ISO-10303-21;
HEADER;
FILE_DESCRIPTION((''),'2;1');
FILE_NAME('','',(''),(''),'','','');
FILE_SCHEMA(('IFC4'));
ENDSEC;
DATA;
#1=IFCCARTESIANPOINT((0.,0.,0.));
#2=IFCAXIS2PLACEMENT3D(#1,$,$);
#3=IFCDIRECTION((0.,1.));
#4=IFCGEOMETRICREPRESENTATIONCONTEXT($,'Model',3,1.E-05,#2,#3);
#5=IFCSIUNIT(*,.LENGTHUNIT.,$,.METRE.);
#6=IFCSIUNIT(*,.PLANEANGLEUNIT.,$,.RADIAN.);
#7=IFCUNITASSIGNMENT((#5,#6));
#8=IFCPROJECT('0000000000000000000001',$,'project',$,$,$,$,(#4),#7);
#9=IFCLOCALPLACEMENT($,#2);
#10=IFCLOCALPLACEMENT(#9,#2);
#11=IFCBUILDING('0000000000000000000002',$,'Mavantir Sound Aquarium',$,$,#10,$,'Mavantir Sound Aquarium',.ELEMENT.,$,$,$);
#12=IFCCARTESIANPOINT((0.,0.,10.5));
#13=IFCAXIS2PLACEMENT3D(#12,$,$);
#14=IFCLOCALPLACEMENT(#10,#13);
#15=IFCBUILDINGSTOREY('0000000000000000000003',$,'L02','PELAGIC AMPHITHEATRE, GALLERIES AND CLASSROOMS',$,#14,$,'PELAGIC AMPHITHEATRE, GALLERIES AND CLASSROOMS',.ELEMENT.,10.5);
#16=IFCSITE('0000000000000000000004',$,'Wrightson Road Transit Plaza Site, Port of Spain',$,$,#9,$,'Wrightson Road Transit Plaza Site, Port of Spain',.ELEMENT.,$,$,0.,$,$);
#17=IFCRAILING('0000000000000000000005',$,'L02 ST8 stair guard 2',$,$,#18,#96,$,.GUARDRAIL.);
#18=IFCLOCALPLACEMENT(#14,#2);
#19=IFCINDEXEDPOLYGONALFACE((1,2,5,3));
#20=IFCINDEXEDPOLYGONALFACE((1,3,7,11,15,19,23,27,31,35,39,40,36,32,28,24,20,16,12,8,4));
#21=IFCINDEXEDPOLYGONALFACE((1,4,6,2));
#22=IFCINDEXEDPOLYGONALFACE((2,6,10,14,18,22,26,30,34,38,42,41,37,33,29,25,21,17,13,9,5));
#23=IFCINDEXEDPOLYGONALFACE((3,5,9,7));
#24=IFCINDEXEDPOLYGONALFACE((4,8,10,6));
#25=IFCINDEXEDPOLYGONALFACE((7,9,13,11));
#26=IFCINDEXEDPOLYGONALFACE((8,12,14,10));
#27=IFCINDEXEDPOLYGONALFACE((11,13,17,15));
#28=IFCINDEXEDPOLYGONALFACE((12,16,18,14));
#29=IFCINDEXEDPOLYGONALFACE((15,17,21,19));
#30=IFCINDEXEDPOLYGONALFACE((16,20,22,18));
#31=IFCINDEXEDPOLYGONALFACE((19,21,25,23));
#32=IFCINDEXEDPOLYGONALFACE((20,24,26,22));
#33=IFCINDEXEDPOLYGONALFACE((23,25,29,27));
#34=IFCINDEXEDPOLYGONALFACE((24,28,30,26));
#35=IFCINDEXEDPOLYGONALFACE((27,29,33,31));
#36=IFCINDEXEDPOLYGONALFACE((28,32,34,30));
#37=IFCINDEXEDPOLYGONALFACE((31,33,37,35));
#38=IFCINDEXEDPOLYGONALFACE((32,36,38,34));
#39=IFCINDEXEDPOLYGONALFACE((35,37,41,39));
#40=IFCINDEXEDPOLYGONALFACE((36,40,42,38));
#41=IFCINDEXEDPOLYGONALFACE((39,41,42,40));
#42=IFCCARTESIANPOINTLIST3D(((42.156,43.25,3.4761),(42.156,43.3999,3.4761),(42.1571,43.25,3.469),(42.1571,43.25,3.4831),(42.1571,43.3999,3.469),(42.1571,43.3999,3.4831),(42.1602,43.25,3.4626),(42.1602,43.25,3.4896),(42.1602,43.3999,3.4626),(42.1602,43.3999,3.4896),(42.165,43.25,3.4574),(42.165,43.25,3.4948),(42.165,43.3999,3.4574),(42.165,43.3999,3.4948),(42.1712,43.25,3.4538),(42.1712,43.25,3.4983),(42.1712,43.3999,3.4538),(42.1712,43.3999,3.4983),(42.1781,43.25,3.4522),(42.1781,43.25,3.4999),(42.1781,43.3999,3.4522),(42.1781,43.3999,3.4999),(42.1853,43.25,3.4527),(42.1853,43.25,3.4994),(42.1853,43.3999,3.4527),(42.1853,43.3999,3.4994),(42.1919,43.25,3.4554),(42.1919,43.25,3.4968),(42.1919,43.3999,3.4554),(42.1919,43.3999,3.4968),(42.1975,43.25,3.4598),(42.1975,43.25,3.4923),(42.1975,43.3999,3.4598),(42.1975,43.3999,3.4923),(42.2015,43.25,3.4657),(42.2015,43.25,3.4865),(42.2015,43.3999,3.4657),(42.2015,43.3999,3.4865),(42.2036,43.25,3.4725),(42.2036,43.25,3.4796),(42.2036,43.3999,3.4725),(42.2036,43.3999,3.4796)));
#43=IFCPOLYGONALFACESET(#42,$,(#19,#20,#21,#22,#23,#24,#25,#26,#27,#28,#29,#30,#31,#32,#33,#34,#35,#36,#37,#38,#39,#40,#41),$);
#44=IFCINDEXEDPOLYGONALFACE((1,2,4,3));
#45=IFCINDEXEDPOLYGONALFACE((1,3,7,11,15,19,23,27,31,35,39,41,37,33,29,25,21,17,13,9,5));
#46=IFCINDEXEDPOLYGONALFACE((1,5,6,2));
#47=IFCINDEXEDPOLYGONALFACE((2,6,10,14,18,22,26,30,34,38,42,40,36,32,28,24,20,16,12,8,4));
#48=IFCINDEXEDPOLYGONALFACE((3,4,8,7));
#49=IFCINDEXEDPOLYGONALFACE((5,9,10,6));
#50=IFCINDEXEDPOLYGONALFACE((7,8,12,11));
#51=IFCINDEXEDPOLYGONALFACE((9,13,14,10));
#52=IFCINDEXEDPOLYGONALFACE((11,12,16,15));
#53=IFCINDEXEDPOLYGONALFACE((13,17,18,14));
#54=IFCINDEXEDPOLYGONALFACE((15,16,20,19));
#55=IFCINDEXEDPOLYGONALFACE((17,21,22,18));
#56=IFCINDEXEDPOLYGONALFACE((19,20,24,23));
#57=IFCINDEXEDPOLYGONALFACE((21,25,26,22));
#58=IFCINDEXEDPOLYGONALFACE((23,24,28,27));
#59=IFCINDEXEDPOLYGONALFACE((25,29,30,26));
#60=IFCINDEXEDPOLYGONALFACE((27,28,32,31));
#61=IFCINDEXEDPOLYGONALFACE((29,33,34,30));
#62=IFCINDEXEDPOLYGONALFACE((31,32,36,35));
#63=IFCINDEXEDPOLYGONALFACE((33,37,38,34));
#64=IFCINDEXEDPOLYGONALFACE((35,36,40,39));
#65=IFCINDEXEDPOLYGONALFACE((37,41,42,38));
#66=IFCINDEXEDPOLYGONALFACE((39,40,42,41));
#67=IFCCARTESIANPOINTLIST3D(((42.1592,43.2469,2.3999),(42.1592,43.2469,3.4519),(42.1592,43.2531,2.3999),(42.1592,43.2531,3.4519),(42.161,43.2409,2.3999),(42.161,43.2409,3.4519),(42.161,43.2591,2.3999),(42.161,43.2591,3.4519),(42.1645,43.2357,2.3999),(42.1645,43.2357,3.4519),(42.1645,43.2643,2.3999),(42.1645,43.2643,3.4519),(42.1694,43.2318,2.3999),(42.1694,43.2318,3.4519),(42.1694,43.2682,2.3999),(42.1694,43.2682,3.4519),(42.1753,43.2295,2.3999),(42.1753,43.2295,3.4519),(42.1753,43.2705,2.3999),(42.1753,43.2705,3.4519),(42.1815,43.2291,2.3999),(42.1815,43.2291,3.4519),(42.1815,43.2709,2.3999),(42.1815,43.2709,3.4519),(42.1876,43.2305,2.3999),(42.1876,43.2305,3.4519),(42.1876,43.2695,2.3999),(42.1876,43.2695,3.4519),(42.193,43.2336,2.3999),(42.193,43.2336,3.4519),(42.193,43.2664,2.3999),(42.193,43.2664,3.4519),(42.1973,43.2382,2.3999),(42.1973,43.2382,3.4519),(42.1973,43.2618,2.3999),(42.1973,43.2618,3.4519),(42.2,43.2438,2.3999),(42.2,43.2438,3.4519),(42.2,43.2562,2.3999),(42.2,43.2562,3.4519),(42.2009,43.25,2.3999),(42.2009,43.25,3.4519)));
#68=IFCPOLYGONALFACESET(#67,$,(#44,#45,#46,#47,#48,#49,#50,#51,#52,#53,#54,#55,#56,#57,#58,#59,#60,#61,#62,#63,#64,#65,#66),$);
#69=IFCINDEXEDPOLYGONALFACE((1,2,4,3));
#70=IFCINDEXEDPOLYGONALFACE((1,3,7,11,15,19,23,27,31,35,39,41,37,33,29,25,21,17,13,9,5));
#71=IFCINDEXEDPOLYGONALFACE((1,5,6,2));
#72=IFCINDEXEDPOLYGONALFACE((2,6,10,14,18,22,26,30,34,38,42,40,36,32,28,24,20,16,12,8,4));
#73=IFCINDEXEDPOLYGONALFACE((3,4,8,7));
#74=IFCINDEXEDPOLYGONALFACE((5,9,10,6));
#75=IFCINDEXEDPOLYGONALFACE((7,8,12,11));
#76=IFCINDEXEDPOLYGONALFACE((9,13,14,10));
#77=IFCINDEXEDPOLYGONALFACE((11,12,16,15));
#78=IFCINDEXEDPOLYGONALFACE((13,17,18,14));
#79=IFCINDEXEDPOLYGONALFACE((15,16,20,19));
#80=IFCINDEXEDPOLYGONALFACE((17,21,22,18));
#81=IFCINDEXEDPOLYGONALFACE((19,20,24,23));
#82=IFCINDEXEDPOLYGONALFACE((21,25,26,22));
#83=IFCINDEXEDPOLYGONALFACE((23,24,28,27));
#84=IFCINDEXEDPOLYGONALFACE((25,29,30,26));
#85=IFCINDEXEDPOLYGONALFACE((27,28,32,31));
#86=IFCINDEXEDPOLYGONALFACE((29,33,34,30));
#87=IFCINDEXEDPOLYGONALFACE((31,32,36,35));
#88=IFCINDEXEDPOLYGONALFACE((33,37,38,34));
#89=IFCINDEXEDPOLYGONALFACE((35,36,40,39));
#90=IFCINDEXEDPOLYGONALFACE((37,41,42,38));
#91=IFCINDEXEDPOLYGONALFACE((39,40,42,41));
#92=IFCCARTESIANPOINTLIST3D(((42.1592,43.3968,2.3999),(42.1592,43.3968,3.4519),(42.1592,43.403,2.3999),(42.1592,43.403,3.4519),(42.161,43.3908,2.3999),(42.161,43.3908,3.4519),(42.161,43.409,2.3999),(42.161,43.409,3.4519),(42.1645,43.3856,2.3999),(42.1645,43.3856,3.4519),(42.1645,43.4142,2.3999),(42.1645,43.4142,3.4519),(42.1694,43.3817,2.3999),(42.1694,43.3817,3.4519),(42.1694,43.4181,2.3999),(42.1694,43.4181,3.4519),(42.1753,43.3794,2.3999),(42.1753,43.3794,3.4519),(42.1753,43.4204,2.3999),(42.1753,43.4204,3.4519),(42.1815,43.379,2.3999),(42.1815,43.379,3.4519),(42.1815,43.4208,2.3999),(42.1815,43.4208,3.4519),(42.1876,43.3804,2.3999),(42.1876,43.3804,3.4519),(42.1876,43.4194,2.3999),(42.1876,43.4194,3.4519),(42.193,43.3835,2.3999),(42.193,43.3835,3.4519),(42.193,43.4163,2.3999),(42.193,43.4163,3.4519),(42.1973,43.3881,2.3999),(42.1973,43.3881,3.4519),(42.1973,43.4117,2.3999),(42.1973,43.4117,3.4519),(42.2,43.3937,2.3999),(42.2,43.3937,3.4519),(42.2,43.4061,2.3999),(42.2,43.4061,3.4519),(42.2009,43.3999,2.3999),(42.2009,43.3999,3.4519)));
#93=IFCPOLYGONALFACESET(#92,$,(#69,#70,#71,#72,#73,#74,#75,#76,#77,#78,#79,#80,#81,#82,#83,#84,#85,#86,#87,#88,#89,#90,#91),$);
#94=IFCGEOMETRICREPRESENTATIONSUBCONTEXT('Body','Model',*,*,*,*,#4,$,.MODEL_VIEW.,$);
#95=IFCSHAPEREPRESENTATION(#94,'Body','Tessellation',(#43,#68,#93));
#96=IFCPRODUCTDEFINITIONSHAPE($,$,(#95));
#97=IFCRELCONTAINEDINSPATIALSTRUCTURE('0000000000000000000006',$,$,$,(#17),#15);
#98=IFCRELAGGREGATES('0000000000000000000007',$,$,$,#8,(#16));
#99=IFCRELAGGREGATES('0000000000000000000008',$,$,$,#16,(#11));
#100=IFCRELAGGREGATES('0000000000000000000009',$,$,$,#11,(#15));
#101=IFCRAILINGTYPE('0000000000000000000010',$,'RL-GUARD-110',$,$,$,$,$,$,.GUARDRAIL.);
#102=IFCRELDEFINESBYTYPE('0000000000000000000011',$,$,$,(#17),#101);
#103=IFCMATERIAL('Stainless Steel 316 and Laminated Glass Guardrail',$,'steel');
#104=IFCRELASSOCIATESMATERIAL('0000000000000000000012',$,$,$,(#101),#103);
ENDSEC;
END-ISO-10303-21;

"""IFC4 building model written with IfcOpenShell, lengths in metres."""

from ifc_helpers import new_model, si_unit, direction, frame, origin, origin_2d, place, context, subcontext, project, spatial, circle, extrude, material, type_object, element, save


model = new_model("IFC4")

# Units and contexts
model_context = context("Model", 3, precision=1e-05, world=origin(), true_north=direction((0.0, 1.0)))
body_context = subcontext(model_context, "Body", "Model", "MODEL_VIEW")
ifc_project = project(units=[si_unit("LENGTHUNIT", "METRE"), si_unit("PLANEANGLEUNIT", "RADIAN")], contexts=[model_context])

# Site, building, storey
site_placement = place(None, origin())
site = spatial("IfcSite", under=ifc_project, at=site_placement, Name="Wrightson Road Transit Plaza Site, Port of Spain", LongName="Wrightson Road Transit Plaza Site, Port of Spain", CompositionType="ELEMENT", RefElevation=0.0)
building_placement = place(site_placement, origin())
building = spatial("IfcBuilding", under=site, at=building_placement, Name="Mavantir Sound Aquarium", LongName="Mavantir Sound Aquarium", CompositionType="ELEMENT")
storey_placement = place(building_placement, frame((0.0, 0.0, 10.5)))
storey = spatial("IfcBuildingStorey", under=building, at=storey_placement, Name="L02", Description="PELAGIC AMPHITHEATRE, GALLERIES AND CLASSROOMS", LongName="PELAGIC AMPHITHEATRE, GALLERIES AND CLASSROOMS", CompositionType="ELEMENT", Elevation=10.5)

# Railing
ifc_material_1 = material(Name="Stainless Steel 316 and Laminated Glass Guardrail", Category="steel")
railing_type_1 = type_object("IfcRailingType", Name="RL-GUARD-110", PredefinedType="GUARDRAIL", material=ifc_material_1)
railing_1_placement = place(storey_placement, frame((42.1799, 43.25, 2.3999)))
element("IfcRailing", 1, at=railing_1_placement, inside=storey, type_object=railing_type_1, Name="L02 ST8 stair guard 2", PredefinedType="GUARDRAIL", context=body_context, shape_type="SweptSolid", body=[
    extrude(circle(Radius=0.0239, at=origin_2d()), frame((0.0, 0.0, 1.0762), z_axis=(0.0, 1.0, 0.0), x_axis=(-1.0, 0.0, 0.0)), (0.0, 0.0, 1.0), 0.1499),
    extrude(circle(Radius=0.021, at=origin_2d()), origin(), (0.0, 0.0, 1.0), 1.052),
    extrude(circle(Radius=0.021, at=origin_2d()), frame((0.0, 0.1499, 0.0)), (0.0, 0.0, 1.0), 1.052),
])

save(model, "model.ifc")
